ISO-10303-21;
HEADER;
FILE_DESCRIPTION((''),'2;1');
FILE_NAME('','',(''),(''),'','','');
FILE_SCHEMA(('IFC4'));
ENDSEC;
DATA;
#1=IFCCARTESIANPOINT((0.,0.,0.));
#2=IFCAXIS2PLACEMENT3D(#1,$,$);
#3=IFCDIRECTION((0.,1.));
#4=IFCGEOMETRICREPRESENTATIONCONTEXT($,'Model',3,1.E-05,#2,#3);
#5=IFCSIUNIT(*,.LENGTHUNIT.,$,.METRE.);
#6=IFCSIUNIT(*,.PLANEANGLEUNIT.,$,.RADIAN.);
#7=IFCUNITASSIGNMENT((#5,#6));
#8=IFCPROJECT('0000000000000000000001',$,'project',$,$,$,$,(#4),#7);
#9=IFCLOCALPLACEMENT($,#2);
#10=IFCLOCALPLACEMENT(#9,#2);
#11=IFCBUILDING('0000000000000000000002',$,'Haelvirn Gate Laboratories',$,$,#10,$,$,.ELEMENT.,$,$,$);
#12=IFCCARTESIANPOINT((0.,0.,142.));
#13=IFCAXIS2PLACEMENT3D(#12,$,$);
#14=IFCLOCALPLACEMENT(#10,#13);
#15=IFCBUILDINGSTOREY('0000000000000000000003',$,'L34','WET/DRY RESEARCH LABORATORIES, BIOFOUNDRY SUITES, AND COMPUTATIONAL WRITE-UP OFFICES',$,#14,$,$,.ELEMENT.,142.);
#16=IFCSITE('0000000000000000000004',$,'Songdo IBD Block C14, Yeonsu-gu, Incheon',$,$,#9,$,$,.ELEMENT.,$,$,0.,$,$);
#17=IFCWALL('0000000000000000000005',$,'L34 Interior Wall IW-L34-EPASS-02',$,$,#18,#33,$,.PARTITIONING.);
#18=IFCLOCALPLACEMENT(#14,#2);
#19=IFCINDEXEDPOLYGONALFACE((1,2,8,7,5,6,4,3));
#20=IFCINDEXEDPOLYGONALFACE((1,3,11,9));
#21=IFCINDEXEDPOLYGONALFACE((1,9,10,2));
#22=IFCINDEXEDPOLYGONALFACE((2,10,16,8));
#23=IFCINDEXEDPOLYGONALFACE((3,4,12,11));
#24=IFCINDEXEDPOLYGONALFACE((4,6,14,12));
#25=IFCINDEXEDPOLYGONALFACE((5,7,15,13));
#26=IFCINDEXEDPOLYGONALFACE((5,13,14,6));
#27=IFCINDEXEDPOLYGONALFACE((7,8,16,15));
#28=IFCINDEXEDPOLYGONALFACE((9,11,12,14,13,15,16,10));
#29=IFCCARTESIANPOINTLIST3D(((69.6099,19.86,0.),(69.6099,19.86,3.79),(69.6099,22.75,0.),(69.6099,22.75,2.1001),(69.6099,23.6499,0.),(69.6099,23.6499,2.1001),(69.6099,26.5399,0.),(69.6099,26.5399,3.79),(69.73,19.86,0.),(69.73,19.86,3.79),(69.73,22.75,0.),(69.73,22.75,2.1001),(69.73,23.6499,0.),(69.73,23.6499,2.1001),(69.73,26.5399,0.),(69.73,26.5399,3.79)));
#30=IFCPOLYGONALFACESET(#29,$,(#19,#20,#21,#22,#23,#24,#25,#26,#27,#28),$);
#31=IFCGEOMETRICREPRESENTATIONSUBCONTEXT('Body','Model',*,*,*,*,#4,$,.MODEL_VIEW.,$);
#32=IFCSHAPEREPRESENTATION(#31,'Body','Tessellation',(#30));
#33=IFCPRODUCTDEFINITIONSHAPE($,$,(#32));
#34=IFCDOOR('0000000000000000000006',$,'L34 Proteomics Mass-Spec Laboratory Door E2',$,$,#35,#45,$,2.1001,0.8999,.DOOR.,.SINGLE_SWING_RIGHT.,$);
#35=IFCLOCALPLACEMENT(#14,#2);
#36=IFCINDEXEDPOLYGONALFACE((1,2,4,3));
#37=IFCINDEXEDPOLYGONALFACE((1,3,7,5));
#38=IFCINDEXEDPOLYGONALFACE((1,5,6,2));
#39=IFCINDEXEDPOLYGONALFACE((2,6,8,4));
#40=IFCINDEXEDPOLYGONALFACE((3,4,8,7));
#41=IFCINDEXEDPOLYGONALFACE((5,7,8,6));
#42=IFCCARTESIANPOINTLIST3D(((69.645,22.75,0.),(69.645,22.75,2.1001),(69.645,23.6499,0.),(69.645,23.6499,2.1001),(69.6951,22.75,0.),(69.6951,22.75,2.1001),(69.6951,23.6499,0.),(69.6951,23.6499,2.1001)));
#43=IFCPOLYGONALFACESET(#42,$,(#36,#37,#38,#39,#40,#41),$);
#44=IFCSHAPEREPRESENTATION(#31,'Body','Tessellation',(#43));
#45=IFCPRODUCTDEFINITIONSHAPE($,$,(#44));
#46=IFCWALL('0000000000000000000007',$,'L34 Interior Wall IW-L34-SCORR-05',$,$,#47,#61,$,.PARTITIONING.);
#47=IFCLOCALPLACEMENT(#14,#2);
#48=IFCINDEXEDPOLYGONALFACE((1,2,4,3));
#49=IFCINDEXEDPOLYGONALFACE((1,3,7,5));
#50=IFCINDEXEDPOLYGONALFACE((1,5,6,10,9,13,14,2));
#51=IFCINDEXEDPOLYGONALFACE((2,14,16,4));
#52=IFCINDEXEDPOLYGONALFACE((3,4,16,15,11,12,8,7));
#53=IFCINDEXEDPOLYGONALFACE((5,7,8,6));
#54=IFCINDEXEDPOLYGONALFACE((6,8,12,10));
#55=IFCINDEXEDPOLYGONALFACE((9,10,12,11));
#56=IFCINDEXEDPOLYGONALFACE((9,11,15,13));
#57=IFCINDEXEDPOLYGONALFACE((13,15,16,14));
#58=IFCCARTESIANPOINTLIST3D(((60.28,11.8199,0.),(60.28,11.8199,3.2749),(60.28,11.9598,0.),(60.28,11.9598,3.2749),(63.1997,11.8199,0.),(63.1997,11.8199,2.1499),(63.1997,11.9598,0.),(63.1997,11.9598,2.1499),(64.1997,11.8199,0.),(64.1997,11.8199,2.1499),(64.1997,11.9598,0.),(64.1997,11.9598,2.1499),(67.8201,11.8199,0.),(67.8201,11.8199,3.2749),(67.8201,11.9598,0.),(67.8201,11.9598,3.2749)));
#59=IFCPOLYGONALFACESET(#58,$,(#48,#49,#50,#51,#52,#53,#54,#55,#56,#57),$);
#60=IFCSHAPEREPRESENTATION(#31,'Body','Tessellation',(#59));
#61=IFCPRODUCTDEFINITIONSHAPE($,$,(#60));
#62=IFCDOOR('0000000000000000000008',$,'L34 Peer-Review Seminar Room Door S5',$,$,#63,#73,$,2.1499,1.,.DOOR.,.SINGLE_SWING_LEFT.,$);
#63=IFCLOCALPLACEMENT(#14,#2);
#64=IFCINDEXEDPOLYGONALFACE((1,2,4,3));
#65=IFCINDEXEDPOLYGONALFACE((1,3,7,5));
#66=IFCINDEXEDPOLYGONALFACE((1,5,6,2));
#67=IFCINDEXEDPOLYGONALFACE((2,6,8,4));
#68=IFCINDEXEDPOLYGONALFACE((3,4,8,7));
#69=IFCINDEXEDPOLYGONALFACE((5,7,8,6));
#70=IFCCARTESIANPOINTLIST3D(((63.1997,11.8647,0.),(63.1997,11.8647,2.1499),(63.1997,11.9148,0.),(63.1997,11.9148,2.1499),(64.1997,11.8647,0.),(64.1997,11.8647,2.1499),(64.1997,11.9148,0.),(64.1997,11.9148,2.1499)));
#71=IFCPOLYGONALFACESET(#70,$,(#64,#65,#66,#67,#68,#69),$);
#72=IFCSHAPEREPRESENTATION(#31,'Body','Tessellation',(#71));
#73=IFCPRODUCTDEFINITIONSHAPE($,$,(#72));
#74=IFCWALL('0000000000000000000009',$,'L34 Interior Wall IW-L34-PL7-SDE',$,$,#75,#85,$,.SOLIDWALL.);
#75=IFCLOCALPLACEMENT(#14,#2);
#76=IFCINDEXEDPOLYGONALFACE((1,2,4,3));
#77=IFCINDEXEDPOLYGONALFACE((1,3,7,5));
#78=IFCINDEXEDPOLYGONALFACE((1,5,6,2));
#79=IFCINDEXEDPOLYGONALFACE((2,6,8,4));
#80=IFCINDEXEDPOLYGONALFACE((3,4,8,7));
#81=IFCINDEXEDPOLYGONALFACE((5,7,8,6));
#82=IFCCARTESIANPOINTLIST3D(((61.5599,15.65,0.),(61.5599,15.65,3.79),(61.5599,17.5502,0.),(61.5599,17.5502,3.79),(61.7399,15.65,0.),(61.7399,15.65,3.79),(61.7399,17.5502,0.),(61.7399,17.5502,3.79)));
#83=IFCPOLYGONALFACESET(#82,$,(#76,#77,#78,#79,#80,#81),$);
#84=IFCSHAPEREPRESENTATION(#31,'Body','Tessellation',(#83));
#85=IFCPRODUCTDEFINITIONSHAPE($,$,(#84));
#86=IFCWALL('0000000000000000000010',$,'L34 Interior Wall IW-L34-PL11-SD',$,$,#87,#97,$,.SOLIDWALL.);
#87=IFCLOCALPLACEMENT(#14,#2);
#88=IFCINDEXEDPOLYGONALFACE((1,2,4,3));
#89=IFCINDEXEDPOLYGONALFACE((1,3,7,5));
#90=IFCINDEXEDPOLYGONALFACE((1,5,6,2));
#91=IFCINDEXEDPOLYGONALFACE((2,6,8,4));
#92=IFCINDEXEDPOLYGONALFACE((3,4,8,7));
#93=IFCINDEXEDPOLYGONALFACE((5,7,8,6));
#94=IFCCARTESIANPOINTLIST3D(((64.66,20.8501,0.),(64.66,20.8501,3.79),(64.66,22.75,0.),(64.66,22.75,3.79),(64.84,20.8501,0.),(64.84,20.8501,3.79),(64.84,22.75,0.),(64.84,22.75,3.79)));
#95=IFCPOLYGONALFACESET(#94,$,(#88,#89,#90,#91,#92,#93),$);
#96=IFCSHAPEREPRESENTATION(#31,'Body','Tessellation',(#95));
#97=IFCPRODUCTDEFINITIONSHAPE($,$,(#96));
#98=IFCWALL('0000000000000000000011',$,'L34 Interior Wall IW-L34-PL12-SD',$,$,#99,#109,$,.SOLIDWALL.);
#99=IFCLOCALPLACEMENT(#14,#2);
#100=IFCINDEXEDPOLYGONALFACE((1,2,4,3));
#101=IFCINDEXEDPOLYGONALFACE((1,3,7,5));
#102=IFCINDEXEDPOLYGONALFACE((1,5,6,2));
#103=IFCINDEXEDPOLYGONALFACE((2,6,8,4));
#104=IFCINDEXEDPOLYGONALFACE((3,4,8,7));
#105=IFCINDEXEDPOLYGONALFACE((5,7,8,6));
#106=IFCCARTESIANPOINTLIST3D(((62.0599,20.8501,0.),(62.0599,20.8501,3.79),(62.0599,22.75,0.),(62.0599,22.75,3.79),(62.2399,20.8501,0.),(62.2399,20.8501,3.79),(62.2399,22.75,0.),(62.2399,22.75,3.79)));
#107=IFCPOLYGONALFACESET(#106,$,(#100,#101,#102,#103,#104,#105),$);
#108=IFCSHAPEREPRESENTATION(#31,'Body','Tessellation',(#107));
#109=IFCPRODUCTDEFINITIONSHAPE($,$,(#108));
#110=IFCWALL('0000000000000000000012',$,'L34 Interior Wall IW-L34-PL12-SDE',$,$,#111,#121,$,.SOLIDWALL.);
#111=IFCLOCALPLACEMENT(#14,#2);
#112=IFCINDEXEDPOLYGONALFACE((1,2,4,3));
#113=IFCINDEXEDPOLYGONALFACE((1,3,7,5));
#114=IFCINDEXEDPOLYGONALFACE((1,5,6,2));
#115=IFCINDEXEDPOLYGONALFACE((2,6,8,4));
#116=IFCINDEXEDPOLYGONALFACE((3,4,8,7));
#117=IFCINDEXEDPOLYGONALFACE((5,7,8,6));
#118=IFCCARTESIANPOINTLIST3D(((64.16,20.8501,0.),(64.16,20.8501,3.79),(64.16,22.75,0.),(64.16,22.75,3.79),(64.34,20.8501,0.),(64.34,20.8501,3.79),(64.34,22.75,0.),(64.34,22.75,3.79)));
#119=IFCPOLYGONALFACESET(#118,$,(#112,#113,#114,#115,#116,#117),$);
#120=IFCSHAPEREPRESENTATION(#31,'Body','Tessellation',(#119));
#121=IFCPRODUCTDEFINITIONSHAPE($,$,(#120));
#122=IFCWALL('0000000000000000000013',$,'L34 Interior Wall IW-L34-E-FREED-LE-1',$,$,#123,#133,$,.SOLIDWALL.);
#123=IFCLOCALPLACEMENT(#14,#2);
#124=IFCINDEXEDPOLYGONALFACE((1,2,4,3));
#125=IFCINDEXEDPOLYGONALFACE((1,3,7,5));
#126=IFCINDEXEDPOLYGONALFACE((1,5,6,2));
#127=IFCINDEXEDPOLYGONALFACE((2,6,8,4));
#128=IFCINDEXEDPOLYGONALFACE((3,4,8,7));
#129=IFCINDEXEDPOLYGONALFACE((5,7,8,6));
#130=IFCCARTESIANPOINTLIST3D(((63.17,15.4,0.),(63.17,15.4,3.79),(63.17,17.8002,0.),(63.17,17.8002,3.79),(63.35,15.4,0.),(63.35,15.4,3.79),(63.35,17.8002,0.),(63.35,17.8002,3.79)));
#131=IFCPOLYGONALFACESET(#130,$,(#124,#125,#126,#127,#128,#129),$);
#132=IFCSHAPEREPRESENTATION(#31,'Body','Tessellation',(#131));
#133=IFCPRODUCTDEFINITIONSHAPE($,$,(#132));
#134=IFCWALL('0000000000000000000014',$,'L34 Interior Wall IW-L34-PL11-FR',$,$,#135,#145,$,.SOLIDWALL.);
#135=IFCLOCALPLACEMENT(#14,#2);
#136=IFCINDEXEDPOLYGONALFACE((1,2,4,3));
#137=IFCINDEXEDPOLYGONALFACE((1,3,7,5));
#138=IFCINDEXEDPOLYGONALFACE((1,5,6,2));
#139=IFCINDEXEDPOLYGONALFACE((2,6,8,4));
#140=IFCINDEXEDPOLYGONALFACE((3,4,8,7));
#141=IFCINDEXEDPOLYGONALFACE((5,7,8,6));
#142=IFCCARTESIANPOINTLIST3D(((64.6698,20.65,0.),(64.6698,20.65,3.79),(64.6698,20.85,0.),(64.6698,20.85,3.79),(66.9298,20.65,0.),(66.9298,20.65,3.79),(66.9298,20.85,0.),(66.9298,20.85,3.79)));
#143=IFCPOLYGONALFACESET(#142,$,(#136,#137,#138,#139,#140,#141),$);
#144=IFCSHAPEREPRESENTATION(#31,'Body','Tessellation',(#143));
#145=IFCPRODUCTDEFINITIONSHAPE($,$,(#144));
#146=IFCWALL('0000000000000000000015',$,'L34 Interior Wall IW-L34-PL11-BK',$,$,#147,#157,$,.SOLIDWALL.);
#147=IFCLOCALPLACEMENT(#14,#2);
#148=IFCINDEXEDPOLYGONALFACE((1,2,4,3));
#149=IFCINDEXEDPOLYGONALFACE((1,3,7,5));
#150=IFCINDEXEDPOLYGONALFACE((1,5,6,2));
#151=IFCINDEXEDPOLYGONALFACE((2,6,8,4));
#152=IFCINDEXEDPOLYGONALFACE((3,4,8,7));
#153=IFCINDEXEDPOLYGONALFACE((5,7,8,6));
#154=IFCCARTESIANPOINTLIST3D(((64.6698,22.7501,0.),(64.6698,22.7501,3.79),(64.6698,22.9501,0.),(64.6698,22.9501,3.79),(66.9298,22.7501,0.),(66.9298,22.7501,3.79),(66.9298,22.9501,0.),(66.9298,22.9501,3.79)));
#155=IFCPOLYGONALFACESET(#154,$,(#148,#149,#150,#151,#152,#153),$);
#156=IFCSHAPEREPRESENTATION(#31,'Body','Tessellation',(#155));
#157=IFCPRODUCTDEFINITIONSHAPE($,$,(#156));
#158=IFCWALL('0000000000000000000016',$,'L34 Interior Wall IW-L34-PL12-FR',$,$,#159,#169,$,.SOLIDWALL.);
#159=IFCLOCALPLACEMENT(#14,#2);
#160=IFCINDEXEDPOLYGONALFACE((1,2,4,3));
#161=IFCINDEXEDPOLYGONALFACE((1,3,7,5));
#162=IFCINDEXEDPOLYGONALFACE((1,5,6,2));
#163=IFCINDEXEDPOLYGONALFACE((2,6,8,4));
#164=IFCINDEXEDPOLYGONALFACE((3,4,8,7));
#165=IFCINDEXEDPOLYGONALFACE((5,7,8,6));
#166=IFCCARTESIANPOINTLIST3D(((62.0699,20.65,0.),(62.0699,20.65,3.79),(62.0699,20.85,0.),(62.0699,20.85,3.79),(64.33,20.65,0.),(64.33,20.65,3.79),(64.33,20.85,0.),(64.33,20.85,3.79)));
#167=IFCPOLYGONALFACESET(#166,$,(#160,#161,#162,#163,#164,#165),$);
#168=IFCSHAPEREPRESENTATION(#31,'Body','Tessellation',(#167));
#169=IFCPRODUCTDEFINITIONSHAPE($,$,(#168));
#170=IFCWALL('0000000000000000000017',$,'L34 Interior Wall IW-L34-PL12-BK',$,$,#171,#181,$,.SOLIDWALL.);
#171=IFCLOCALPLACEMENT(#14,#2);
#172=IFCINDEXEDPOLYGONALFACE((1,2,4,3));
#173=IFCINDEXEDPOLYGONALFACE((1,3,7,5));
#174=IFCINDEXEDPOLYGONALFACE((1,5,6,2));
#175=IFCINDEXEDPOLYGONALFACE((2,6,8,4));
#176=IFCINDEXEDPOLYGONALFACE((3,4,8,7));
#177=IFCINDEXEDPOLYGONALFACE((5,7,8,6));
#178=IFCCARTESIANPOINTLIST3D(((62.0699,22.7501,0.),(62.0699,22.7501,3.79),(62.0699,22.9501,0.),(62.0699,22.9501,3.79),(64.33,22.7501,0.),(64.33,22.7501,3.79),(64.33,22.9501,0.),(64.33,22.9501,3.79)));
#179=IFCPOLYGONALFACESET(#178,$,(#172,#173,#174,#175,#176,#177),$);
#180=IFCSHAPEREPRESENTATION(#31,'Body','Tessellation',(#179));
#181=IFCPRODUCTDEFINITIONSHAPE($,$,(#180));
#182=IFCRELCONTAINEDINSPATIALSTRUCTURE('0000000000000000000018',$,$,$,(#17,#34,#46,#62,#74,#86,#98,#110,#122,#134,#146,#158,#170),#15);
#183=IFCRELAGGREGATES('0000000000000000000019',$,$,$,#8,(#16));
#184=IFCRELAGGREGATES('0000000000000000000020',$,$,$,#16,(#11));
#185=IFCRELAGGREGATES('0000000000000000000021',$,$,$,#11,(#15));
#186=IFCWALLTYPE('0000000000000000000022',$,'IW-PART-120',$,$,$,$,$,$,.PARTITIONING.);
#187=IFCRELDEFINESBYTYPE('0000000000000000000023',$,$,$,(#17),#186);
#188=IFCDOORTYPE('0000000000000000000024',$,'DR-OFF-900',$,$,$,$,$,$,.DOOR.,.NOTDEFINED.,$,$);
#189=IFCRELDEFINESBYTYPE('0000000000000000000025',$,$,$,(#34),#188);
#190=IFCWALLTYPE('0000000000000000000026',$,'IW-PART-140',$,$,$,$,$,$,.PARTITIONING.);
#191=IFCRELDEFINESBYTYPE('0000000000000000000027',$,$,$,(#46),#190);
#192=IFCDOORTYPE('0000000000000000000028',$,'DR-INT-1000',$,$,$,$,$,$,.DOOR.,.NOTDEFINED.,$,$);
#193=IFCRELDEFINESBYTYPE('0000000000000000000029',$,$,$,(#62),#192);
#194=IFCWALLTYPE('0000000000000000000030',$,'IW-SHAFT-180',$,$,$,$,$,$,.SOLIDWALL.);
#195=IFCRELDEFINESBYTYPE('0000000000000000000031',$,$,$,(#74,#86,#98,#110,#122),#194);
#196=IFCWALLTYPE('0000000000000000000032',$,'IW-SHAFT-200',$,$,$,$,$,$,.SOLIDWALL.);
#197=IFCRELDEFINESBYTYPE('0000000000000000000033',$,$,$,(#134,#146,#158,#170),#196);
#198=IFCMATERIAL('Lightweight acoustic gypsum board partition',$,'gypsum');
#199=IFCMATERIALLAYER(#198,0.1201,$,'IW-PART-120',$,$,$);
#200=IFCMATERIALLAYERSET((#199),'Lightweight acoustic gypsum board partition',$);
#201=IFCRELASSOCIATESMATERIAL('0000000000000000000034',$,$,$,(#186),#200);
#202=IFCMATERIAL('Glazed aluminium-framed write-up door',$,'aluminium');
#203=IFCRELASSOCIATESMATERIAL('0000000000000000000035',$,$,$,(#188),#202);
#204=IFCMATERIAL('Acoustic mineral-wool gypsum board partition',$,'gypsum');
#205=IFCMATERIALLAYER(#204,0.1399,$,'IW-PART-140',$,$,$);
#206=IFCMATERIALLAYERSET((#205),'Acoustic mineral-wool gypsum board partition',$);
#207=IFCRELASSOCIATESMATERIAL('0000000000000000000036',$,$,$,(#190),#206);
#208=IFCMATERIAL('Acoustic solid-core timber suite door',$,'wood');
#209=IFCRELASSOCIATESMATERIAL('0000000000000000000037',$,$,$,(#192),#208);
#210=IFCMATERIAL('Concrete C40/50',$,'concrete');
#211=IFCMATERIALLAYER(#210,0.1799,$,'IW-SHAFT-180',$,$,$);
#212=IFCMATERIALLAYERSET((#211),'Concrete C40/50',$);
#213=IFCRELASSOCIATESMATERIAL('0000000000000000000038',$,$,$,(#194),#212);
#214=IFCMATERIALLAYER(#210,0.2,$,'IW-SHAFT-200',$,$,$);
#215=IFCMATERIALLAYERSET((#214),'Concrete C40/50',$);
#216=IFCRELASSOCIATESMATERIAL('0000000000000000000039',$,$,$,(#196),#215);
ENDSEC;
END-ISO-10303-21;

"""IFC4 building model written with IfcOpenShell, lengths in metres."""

from ifc_helpers import new_model, si_unit, direction, frame, frame_2d, origin, place, context, subcontext, project, spatial, rectangle, extrude, source, transform, mapped, material, layer, layer_set, type_object, type_shapes, element, fill, save


model = new_model("IFC4")

# Units and contexts
model_context = context("Model", 3, precision=1e-05, world=origin(), true_north=direction((0.0, 1.0)))
body_context = subcontext(model_context, "Body", "Model", "MODEL_VIEW")
ifc_project = project(units=[si_unit("LENGTHUNIT", "METRE"), si_unit("PLANEANGLEUNIT", "RADIAN")], contexts=[model_context])

# Site, building, storey
site_placement = place(None, origin())
site = spatial("IfcSite", under=ifc_project, at=site_placement, Name="Songdo IBD Block C14, Yeonsu-gu, Incheon", CompositionType="ELEMENT", RefElevation=0.0)
building_placement = place(site_placement, origin())
building = spatial("IfcBuilding", under=site, at=building_placement, Name="Haelvirn Gate Laboratories", CompositionType="ELEMENT")
storey_placement = place(building_placement, frame((0.0, 0.0, 142.0)))
storey = spatial("IfcBuildingStorey", under=building, at=storey_placement, Name="L34", Description="WET/DRY RESEARCH LABORATORIES, BIOFOUNDRY SUITES, AND COMPUTATIONAL WRITE-UP OFFICES", CompositionType="ELEMENT", Elevation=142.0)

# Shared definitions
ifc_material_1 = material(Name="Lightweight acoustic gypsum board partition", Category="gypsum")
ifc_layer_1 = layer(ifc_material_1, 0.1201, Name="IW-PART-120")
ifc_layer_set_1 = layer_set([ifc_layer_1], Name="Lightweight acoustic gypsum board partition")
wall_type_1 = type_object("IfcWallType", Name="IW-PART-120", PredefinedType="PARTITIONING", material=ifc_layer_set_1)

# Shared definitions
ifc_material_2 = material(Name="Glazed aluminium-framed write-up door", Category="aluminium")
door_type_1 = type_object("IfcDoorType", Name="DR-OFF-900", OperationType="NOTDEFINED", PredefinedType="DOOR", material=ifc_material_2)
shared_shape_1 = source(origin(), body_context, "Body", "SweptSolid", [
    extrude(rectangle(XDim=0.8999, YDim=2.1001, at=frame_2d((0.45, 1.05))), frame((0.0, 0.0249, 0.0), z_axis=(0.0, -1.0, 0.0), x_axis=(1.0, 0.0, 0.0)), (0.0, 0.0, 1.0), 0.05),
])
type_shapes(door_type_1, [shared_shape_1])

# Walls, openings, doors
wall_1_placement = place(storey_placement, frame((69.6699, 19.8601, 0.0), z_axis=(0.0, 0.0, 1.0), x_axis=(0.0, 1.0, 0.0)))
wall_1 = element("IfcWall", 1, at=wall_1_placement, inside=storey, type_object=wall_type_1, Name="L34 Interior Wall IW-L34-EPASS-02", PredefinedType="PARTITIONING", context=body_context, shape_type="SweptSolid", body=[
    extrude(rectangle(XDim=6.6799, YDim=0.1201, at=frame_2d((3.3398, 0.0))), origin(), (0.0, 0.0, 1.0), 3.79),
])
opening_1_placement = place(wall_1_placement, frame((2.8899, 0.0, 0.0)))
opening_1 = element("IfcOpeningElement", 2, at=opening_1_placement, cuts=wall_1, PredefinedType="OPENING", context=body_context, shape_type="SweptSolid", body=[
    extrude(rectangle(XDim=0.8999, YDim=2.1001, at=frame_2d((0.45, 1.05))), frame((0.0, 0.0701, 0.0), z_axis=(0.0, -1.0, 0.0), x_axis=(1.0, 0.0, 0.0)), (0.0, 0.0, 1.0), 0.1401),
])
door_1_placement = place(opening_1_placement, origin())
door_1 = element("IfcDoor", 3, at=door_1_placement, inside=storey, type_object=door_type_1, Name="L34 Proteomics Mass-Spec Laboratory Door E2", OperationType="SINGLE_SWING_RIGHT", OverallHeight=2.1001, OverallWidth=0.8999, PredefinedType="DOOR", context=body_context, shape_type="MappedRepresentation", body=[
    mapped(shared_shape_1, transform((0.0, 0.0, 0.0), scale=1.0)),
])
fill(opening_1, door_1)
ifc_material_3 = material(Name="Acoustic mineral-wool gypsum board partition", Category="gypsum")
ifc_layer_2 = layer(ifc_material_3, 0.1399, Name="IW-PART-140")
ifc_layer_set_2 = layer_set([ifc_layer_2], Name="Acoustic mineral-wool gypsum board partition")
wall_type_2 = type_object("IfcWallType", Name="IW-PART-140", PredefinedType="PARTITIONING", material=ifc_layer_set_2)
wall_2_placement = place(storey_placement, frame((60.28, 11.8899, 0.0), z_axis=(0.0, 0.0, 1.0), x_axis=(1.0, 0.0, 0.0)))
wall_2 = element("IfcWall", 4, at=wall_2_placement, inside=storey, type_object=wall_type_2, Name="L34 Interior Wall IW-L34-SCORR-05", PredefinedType="PARTITIONING", context=body_context, shape_type="SweptSolid", body=[
    extrude(rectangle(XDim=7.54, YDim=0.1399, at=frame_2d((3.77, 0.0))), origin(), (0.0, 0.0, 1.0), 3.2749),
])
opening_2_placement = place(wall_2_placement, frame((2.9197, 0.0, 0.0)))
opening_2 = element("IfcOpeningElement", 5, at=opening_2_placement, cuts=wall_2, PredefinedType="OPENING", context=body_context, shape_type="SweptSolid", body=[
    extrude(rectangle(XDim=1.0, YDim=2.1499, at=frame_2d((0.5, 1.075))), frame((0.0, 0.0801, 0.0), z_axis=(0.0, -1.0, 0.0), x_axis=(1.0, 0.0, 0.0)), (0.0, 0.0, 1.0), 0.1599),
])
ifc_material_4 = material(Name="Acoustic solid-core timber suite door", Category="wood")
door_type_2 = type_object("IfcDoorType", Name="DR-INT-1000", OperationType="NOTDEFINED", PredefinedType="DOOR", material=ifc_material_4)
shared_shape_2 = source(origin(), body_context, "Body", "SweptSolid", [
    extrude(rectangle(XDim=1.0, YDim=2.1499, at=frame_2d((0.5, 1.075))), frame((0.0, 0.0249, 0.0), z_axis=(0.0, -1.0, 0.0), x_axis=(1.0, 0.0, 0.0)), (0.0, 0.0, 1.0), 0.05),
])
type_shapes(door_type_2, [shared_shape_2])
door_2_placement = place(opening_2_placement, origin())
door_2 = element("IfcDoor", 6, at=door_2_placement, inside=storey, type_object=door_type_2, Name="L34 Peer-Review Seminar Room Door S5", OperationType="SINGLE_SWING_LEFT", OverallHeight=2.1499, OverallWidth=1.0, PredefinedType="DOOR", context=body_context, shape_type="MappedRepresentation", body=[
    mapped(shared_shape_2, transform((0.0, 0.0, 0.0), scale=1.0)),
])
fill(opening_2, door_2)

# Walls
ifc_material_5 = material(Name="Concrete C40/50", Category="concrete")
ifc_layer_3 = layer(ifc_material_5, 0.1799, Name="IW-SHAFT-180")
ifc_layer_set_3 = layer_set([ifc_layer_3], Name="Concrete C40/50")
wall_type_3 = type_object("IfcWallType", Name="IW-SHAFT-180", PredefinedType="SOLIDWALL", material=ifc_layer_set_3)
wall_3_placement = place(storey_placement, frame((61.6499, 15.6499, 0.0), z_axis=(0.0, 0.0, 1.0), x_axis=(0.0, 1.0, 0.0)))
element("IfcWall", 7, at=wall_3_placement, inside=storey, type_object=wall_type_3, Name="L34 Interior Wall IW-L34-PL7-SDE", PredefinedType="SOLIDWALL", context=body_context, shape_type="SweptSolid", body=[
    extrude(rectangle(XDim=1.9001, YDim=0.1799, at=frame_2d((0.9502, 0.0))), origin(), (0.0, 0.0, 1.0), 3.79),
])
for number, where, z_axis, x_axis, name in (
    (8, (64.75, 20.8501, 0.0), (0.0, 0.0, 1.0), (0.0, 1.0, 0.0), "L34 Interior Wall IW-L34-PL11-SD"),
    (9, (62.1499, 20.8501, 0.0), (0.0, 0.0, 1.0), (0.0, 1.0, 0.0), "L34 Interior Wall IW-L34-PL12-SD"),
    (10, (64.25, 20.8501, 0.0), (0.0, 0.0, 1.0), (0.0, 1.0, 0.0), "L34 Interior Wall IW-L34-PL12-SDE"),
):
    element("IfcWall", number, at=place(storey_placement, frame(where, z_axis=z_axis, x_axis=x_axis)), inside=storey, type_object=wall_type_3, Name=name, PredefinedType="SOLIDWALL", context=body_context, shape_type="SweptSolid", body=[
        extrude(rectangle(XDim=1.8999, YDim=0.1799, at=frame_2d((0.95, 0.0))), origin(), (0.0, 0.0, 1.0), 3.79),
    ])

# Walls
wall_4_placement = place(storey_placement, frame((63.26, 15.3999, 0.0), z_axis=(0.0, 0.0, 1.0), x_axis=(0.0, 1.0, 0.0)))
element("IfcWall", 11, at=wall_4_placement, inside=storey, type_object=wall_type_3, Name="L34 Interior Wall IW-L34-E-FREED-LE-1", PredefinedType="SOLIDWALL", context=body_context, shape_type="SweptSolid", body=[
    extrude(rectangle(XDim=2.4001, YDim=0.1799, at=frame_2d((1.2002, 0.0))), origin(), (0.0, 0.0, 1.0), 3.79),
])
ifc_layer_4 = layer(ifc_material_5, 0.2, Name="IW-SHAFT-200")
ifc_layer_set_4 = layer_set([ifc_layer_4], Name="Concrete C40/50")
wall_type_4 = type_object("IfcWallType", Name="IW-SHAFT-200", PredefinedType="SOLIDWALL", material=ifc_layer_set_4)
for number, where, z_axis, x_axis, name in (
    (12, (64.6699, 20.75, 0.0), (0.0, 0.0, 1.0), (1.0, 0.0, 0.0), "L34 Interior Wall IW-L34-PL11-FR"),
    (13, (64.6699, 22.8501, 0.0), (0.0, 0.0, 1.0), (1.0, 0.0, 0.0), "L34 Interior Wall IW-L34-PL11-BK"),
    (14, (62.0701, 20.75, 0.0), (0.0, 0.0, 1.0), (1.0, 0.0, 0.0), "L34 Interior Wall IW-L34-PL12-FR"),
    (15, (62.0701, 22.8501, 0.0), (0.0, 0.0, 1.0), (1.0, 0.0, 0.0), "L34 Interior Wall IW-L34-PL12-BK"),
):
    element("IfcWall", number, at=place(storey_placement, frame(where, z_axis=z_axis, x_axis=x_axis)), inside=storey, type_object=wall_type_4, Name=name, PredefinedType="SOLIDWALL", context=body_context, shape_type="SweptSolid", body=[
        extrude(rectangle(XDim=2.26, YDim=0.2, at=frame_2d((1.1299, 0.0))), origin(), (0.0, 0.0, 1.0), 3.79),
    ])

save(model, "model.ifc")
